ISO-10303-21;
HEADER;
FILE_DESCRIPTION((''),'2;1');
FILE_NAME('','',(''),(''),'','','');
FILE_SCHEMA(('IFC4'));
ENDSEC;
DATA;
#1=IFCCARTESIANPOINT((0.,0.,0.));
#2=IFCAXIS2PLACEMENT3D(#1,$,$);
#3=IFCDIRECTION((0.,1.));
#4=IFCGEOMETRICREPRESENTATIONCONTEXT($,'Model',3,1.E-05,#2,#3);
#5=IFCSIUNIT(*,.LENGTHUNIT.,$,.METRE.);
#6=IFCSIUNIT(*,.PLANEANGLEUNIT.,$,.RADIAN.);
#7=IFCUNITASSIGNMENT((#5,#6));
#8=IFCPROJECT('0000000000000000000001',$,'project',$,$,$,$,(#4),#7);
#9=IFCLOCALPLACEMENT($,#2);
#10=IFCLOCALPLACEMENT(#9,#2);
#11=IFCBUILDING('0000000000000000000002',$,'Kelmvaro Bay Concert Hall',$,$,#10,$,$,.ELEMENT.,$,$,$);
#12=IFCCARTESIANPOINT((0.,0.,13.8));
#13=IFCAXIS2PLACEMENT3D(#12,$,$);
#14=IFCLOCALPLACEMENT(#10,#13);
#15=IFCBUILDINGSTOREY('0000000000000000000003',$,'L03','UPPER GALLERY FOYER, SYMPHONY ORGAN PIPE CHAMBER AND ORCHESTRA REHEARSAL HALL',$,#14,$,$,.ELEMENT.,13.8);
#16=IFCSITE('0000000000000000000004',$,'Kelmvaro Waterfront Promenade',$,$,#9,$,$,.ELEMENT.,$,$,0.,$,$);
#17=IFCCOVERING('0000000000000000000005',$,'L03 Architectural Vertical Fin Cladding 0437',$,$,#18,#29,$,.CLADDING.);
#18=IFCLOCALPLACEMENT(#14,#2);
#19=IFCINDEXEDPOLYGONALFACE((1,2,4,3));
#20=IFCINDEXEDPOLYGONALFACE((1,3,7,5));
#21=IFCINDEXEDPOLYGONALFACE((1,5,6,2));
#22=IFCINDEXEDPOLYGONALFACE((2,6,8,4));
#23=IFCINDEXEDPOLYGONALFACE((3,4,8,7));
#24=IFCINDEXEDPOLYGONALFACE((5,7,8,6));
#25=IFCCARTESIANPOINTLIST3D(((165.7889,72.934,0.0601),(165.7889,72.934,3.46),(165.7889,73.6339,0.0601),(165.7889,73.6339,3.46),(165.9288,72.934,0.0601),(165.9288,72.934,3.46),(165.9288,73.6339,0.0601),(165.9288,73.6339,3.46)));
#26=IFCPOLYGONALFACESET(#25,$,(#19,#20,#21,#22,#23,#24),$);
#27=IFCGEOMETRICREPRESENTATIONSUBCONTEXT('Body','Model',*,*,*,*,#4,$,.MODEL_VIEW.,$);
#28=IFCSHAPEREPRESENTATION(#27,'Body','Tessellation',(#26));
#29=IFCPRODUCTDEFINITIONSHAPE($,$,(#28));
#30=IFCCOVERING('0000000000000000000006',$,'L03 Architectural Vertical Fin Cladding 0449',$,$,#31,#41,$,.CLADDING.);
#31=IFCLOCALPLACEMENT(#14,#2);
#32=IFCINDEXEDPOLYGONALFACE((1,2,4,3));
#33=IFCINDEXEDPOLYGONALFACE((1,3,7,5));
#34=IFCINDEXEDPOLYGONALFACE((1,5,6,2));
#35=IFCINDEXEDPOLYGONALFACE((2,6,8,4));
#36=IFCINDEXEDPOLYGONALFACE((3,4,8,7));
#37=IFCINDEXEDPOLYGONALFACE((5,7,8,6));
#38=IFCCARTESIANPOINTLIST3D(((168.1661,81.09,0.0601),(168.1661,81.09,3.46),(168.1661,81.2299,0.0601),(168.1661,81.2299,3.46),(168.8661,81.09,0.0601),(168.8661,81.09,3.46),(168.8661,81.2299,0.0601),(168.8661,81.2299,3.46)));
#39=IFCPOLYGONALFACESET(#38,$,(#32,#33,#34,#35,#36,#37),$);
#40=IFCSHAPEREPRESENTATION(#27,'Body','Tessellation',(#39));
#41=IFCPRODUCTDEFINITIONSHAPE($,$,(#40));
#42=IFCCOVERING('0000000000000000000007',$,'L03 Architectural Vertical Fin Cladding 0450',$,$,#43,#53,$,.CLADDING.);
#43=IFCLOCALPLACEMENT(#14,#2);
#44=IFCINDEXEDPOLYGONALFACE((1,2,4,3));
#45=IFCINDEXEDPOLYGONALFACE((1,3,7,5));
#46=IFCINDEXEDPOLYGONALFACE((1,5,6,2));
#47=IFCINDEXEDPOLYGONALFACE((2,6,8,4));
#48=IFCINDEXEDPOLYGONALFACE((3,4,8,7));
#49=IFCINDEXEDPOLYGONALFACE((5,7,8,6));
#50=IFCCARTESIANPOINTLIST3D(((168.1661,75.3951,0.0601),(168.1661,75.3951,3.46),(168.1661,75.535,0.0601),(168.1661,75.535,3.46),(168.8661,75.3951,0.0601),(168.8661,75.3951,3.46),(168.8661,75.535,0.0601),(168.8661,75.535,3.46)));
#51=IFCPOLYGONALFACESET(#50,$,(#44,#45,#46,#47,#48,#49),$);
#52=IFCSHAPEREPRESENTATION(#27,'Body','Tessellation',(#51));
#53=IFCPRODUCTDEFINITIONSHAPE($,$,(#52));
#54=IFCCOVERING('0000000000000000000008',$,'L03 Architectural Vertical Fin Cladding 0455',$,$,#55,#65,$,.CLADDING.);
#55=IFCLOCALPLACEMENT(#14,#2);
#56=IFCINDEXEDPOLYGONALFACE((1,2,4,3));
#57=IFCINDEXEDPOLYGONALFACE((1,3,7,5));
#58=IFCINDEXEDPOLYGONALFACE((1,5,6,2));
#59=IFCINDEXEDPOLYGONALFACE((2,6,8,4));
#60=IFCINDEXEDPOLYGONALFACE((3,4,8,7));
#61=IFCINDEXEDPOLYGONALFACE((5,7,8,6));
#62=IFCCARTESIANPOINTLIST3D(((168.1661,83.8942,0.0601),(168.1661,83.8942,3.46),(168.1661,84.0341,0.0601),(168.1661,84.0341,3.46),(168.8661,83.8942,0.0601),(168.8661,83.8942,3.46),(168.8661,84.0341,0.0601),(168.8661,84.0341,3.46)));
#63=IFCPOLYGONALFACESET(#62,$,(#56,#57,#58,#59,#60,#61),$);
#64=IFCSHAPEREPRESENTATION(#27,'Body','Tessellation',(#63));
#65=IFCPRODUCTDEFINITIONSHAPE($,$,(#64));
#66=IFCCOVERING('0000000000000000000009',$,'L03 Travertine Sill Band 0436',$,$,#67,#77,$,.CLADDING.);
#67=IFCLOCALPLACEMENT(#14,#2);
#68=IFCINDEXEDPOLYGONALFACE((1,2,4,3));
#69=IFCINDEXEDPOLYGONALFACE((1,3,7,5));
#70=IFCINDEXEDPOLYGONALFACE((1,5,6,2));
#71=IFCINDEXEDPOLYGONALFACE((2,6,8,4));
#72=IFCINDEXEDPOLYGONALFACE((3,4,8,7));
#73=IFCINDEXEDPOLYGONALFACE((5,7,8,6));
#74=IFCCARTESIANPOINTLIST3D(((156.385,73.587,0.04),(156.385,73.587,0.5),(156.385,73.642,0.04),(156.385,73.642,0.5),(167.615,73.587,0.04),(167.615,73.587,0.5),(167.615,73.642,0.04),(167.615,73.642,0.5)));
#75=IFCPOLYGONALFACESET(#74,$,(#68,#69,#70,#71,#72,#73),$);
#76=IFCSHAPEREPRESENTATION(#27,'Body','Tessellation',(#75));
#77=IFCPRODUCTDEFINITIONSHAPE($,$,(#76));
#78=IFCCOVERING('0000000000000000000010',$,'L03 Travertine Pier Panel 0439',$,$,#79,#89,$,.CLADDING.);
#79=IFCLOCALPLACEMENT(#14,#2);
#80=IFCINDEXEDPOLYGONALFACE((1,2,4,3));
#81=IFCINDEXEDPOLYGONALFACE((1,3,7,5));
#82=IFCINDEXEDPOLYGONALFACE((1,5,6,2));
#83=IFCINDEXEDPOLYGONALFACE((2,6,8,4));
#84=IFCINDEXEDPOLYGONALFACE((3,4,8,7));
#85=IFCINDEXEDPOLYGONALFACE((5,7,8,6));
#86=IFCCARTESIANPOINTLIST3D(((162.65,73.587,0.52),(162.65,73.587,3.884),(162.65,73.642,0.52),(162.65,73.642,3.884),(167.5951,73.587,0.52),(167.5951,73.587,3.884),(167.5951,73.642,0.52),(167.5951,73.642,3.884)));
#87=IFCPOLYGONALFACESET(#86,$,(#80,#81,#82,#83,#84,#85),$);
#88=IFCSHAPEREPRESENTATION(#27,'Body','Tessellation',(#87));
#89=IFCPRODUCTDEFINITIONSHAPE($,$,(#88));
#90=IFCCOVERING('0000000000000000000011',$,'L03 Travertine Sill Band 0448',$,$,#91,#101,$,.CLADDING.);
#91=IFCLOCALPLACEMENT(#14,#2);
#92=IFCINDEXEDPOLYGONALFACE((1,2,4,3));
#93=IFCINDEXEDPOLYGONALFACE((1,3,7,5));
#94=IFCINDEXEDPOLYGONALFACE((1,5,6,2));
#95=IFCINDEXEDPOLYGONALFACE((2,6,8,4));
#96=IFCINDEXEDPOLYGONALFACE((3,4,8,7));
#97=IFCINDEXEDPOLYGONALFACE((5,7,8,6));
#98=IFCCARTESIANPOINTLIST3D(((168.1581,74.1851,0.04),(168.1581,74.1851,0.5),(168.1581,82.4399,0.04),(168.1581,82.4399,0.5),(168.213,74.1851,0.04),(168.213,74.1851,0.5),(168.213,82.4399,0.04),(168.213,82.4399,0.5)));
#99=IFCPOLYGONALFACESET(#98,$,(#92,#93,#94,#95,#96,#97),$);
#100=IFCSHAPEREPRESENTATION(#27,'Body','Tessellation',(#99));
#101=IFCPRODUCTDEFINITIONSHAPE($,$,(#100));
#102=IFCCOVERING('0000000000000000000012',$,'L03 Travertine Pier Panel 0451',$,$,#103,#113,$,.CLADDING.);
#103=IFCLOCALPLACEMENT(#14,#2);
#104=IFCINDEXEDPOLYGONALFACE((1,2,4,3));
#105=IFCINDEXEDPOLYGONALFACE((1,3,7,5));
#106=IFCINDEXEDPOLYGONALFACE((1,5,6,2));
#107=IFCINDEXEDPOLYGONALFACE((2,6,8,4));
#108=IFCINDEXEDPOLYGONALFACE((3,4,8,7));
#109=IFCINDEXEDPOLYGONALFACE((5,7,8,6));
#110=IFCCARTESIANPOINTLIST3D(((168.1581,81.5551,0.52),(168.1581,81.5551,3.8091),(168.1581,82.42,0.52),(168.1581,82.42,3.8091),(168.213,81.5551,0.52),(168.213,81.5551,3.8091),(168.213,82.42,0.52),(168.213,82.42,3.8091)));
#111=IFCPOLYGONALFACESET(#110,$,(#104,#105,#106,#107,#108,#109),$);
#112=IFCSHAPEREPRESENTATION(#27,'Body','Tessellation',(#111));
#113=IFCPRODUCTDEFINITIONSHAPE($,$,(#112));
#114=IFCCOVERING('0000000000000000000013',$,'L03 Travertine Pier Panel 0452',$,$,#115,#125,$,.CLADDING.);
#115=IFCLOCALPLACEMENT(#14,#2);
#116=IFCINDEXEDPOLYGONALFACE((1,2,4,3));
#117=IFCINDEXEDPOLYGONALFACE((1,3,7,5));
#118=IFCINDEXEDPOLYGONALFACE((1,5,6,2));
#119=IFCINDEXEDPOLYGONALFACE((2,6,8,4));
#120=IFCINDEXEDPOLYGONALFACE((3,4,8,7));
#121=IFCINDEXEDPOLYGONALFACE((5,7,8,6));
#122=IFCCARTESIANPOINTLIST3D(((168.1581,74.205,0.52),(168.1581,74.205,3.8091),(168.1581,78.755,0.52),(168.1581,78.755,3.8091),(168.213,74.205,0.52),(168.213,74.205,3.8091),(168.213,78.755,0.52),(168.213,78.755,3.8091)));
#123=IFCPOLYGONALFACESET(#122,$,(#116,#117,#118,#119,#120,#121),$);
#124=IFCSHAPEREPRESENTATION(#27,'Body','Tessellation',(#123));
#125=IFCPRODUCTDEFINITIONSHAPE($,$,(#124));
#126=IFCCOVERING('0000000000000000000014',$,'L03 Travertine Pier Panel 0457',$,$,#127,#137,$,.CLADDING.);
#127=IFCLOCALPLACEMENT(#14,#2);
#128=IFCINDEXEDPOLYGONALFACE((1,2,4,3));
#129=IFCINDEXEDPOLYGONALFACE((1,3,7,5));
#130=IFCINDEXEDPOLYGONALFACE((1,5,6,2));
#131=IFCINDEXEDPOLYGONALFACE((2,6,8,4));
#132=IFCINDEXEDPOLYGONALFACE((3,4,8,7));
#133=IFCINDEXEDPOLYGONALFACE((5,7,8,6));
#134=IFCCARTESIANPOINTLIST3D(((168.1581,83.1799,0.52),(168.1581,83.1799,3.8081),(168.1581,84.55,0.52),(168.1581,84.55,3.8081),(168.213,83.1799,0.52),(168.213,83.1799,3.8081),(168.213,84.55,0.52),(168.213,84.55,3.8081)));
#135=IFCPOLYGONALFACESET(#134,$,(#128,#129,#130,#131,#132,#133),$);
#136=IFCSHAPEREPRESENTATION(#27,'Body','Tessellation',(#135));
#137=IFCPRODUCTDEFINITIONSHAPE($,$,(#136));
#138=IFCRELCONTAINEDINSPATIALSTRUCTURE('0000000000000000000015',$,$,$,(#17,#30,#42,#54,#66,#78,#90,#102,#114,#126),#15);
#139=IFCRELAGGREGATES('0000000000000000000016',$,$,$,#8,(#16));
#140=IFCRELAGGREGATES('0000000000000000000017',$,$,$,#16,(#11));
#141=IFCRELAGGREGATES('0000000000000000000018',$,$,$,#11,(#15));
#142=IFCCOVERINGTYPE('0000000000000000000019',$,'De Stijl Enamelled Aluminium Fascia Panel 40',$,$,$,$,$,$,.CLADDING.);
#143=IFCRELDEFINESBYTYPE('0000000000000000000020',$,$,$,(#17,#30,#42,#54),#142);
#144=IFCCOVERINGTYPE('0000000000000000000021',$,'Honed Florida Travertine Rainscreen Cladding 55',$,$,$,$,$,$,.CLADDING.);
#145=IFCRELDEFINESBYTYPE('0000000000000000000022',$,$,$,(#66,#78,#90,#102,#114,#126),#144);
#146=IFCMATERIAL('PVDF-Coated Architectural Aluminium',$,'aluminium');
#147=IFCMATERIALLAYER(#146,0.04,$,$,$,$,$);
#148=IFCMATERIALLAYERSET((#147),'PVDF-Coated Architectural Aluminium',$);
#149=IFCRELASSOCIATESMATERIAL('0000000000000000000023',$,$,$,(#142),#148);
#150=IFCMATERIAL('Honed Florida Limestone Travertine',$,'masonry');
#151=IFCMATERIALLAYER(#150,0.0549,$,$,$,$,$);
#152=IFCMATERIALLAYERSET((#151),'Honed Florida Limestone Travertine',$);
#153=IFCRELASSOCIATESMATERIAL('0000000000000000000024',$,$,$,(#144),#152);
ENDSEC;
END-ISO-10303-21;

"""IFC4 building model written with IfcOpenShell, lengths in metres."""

from ifc_helpers import new_model, si_unit, direction, frame, origin, origin_2d, place, context, subcontext, project, spatial, rectangle, extrude, material, layer, layer_set, type_object, element, save


model = new_model("IFC4")

# Units and contexts
model_context = context("Model", 3, precision=1e-05, world=origin(), true_north=direction((0.0, 1.0)))
body_context = subcontext(model_context, "Body", "Model", "MODEL_VIEW")
ifc_project = project(units=[si_unit("LENGTHUNIT", "METRE"), si_unit("PLANEANGLEUNIT", "RADIAN")], contexts=[model_context])

# Site, building, storey
site_placement = place(None, origin())
site = spatial("IfcSite", under=ifc_project, at=site_placement, Name="Kelmvaro Waterfront Promenade", CompositionType="ELEMENT", RefElevation=0.0)
building_placement = place(site_placement, origin())
building = spatial("IfcBuilding", under=site, at=building_placement, Name="Kelmvaro Bay Concert Hall", CompositionType="ELEMENT")
storey_placement = place(building_placement, frame((0.0, 0.0, 13.8)))
storey = spatial("IfcBuildingStorey", under=building, at=storey_placement, Name="L03", Description="UPPER GALLERY FOYER, SYMPHONY ORGAN PIPE CHAMBER AND ORCHESTRA REHEARSAL HALL", CompositionType="ELEMENT", Elevation=13.8)

# Coverings
ifc_material_1 = material(Name="PVDF-Coated Architectural Aluminium", Category="aluminium")
ifc_layer_1 = layer(ifc_material_1, 0.04)
ifc_layer_set_1 = layer_set([ifc_layer_1], Name="PVDF-Coated Architectural Aluminium")
covering_type_1 = type_object("IfcCoveringType", Name="De Stijl Enamelled Aluminium Fascia Panel 40", PredefinedType="CLADDING", material=ifc_layer_set_1)
for number, where, z_axis, x_axis, name in (
    (1, (165.8589, 73.2839, 0.0601), (0.0, 0.0, 1.0), (-1.0, 0.0, 0.0), "L03 Architectural Vertical Fin Cladding 0437"),
    (2, (168.5161, 81.1599, 0.0601), (0.0, 0.0, 1.0), (0.0, -1.0, 0.0), "L03 Architectural Vertical Fin Cladding 0449"),
    (3, (168.5161, 75.4651, 0.0601), (0.0, 0.0, 1.0), (0.0, -1.0, 0.0), "L03 Architectural Vertical Fin Cladding 0450"),
    (4, (168.5161, 83.9641, 0.0601), (0.0, 0.0, 1.0), (0.0, -1.0, 0.0), "L03 Architectural Vertical Fin Cladding 0455"),
):
    element("IfcCovering", number, at=place(storey_placement, frame(where, z_axis=z_axis, x_axis=x_axis)), inside=storey, type_object=covering_type_1, Name=name, PredefinedType="CLADDING", context=body_context, shape_type="SweptSolid", body=[
        extrude(rectangle(XDim=0.1399, YDim=0.7, at=origin_2d()), origin(), (0.0, 0.0, 1.0), 3.3999),
    ])
ifc_material_2 = material(Name="Honed Florida Limestone Travertine", Category="masonry")
ifc_layer_2 = layer(ifc_material_2, 0.0549)
ifc_layer_set_2 = layer_set([ifc_layer_2], Name="Honed Florida Limestone Travertine")
covering_type_2 = type_object("IfcCoveringType", Name="Honed Florida Travertine Rainscreen Cladding 55", PredefinedType="CLADDING", material=ifc_layer_set_2)
covering_1_placement = place(storey_placement, frame((162.0, 73.6145, 0.04), z_axis=(0.0, 0.0, 1.0), x_axis=(-1.0, 0.0, 0.0)))
element("IfcCovering", 5, at=covering_1_placement, inside=storey, type_object=covering_type_2, Name="L03 Travertine Sill Band 0436", PredefinedType="CLADDING", context=body_context, shape_type="SweptSolid", body=[
    extrude(rectangle(XDim=11.23, YDim=0.0549, at=origin_2d()), origin(), (0.0, 0.0, 1.0), 0.46),
])
covering_2_placement = place(storey_placement, frame((165.1226, 73.6145, 0.52), z_axis=(0.0, 0.0, 1.0), x_axis=(-1.0, 0.0, 0.0)))
element("IfcCovering", 6, at=covering_2_placement, inside=storey, type_object=covering_type_2, Name="L03 Travertine Pier Panel 0439", PredefinedType="CLADDING", context=body_context, shape_type="SweptSolid", body=[
    extrude(rectangle(XDim=4.9451, YDim=0.0549, at=origin_2d()), origin(), (0.0, 0.0, 1.0), 3.364),
])
covering_3_placement = place(storey_placement, frame((168.1855, 78.3125, 0.04), z_axis=(0.0, 0.0, 1.0), x_axis=(0.0, -1.0, 0.0)))
element("IfcCovering", 7, at=covering_3_placement, inside=storey, type_object=covering_type_2, Name="L03 Travertine Sill Band 0448", PredefinedType="CLADDING", context=body_context, shape_type="SweptSolid", body=[
    extrude(rectangle(XDim=8.2549, YDim=0.0549, at=origin_2d()), origin(), (0.0, 0.0, 1.0), 0.46),
])
covering_4_placement = place(storey_placement, frame((168.1855, 81.9875, 0.52), z_axis=(0.0, 0.0, 1.0), x_axis=(0.0, -1.0, 0.0)))
element("IfcCovering", 8, at=covering_4_placement, inside=storey, type_object=covering_type_2, Name="L03 Travertine Pier Panel 0451", PredefinedType="CLADDING", context=body_context, shape_type="SweptSolid", body=[
    extrude(rectangle(XDim=0.865, YDim=0.0549, at=origin_2d()), origin(), (0.0, 0.0, 1.0), 3.2891),
])
covering_5_placement = place(storey_placement, frame((168.1855, 76.48, 0.52), z_axis=(0.0, 0.0, 1.0), x_axis=(0.0, -1.0, 0.0)))
element("IfcCovering", 9, at=covering_5_placement, inside=storey, type_object=covering_type_2, Name="L03 Travertine Pier Panel 0452", PredefinedType="CLADDING", context=body_context, shape_type="SweptSolid", body=[
    extrude(rectangle(XDim=4.55, YDim=0.0549, at=origin_2d()), origin(), (0.0, 0.0, 1.0), 3.2891),
])
covering_6_placement = place(storey_placement, frame((168.1855, 83.865, 0.52), z_axis=(0.0, 0.0, 1.0), x_axis=(0.0, -1.0, 0.0)))
element("IfcCovering", 10, at=covering_6_placement, inside=storey, type_object=covering_type_2, Name="L03 Travertine Pier Panel 0457", PredefinedType="CLADDING", context=body_context, shape_type="SweptSolid", body=[
    extrude(rectangle(XDim=1.3701, YDim=0.0549, at=origin_2d()), origin(), (0.0, 0.0, 1.0), 3.2881),
])

save(model, "model.ifc")
